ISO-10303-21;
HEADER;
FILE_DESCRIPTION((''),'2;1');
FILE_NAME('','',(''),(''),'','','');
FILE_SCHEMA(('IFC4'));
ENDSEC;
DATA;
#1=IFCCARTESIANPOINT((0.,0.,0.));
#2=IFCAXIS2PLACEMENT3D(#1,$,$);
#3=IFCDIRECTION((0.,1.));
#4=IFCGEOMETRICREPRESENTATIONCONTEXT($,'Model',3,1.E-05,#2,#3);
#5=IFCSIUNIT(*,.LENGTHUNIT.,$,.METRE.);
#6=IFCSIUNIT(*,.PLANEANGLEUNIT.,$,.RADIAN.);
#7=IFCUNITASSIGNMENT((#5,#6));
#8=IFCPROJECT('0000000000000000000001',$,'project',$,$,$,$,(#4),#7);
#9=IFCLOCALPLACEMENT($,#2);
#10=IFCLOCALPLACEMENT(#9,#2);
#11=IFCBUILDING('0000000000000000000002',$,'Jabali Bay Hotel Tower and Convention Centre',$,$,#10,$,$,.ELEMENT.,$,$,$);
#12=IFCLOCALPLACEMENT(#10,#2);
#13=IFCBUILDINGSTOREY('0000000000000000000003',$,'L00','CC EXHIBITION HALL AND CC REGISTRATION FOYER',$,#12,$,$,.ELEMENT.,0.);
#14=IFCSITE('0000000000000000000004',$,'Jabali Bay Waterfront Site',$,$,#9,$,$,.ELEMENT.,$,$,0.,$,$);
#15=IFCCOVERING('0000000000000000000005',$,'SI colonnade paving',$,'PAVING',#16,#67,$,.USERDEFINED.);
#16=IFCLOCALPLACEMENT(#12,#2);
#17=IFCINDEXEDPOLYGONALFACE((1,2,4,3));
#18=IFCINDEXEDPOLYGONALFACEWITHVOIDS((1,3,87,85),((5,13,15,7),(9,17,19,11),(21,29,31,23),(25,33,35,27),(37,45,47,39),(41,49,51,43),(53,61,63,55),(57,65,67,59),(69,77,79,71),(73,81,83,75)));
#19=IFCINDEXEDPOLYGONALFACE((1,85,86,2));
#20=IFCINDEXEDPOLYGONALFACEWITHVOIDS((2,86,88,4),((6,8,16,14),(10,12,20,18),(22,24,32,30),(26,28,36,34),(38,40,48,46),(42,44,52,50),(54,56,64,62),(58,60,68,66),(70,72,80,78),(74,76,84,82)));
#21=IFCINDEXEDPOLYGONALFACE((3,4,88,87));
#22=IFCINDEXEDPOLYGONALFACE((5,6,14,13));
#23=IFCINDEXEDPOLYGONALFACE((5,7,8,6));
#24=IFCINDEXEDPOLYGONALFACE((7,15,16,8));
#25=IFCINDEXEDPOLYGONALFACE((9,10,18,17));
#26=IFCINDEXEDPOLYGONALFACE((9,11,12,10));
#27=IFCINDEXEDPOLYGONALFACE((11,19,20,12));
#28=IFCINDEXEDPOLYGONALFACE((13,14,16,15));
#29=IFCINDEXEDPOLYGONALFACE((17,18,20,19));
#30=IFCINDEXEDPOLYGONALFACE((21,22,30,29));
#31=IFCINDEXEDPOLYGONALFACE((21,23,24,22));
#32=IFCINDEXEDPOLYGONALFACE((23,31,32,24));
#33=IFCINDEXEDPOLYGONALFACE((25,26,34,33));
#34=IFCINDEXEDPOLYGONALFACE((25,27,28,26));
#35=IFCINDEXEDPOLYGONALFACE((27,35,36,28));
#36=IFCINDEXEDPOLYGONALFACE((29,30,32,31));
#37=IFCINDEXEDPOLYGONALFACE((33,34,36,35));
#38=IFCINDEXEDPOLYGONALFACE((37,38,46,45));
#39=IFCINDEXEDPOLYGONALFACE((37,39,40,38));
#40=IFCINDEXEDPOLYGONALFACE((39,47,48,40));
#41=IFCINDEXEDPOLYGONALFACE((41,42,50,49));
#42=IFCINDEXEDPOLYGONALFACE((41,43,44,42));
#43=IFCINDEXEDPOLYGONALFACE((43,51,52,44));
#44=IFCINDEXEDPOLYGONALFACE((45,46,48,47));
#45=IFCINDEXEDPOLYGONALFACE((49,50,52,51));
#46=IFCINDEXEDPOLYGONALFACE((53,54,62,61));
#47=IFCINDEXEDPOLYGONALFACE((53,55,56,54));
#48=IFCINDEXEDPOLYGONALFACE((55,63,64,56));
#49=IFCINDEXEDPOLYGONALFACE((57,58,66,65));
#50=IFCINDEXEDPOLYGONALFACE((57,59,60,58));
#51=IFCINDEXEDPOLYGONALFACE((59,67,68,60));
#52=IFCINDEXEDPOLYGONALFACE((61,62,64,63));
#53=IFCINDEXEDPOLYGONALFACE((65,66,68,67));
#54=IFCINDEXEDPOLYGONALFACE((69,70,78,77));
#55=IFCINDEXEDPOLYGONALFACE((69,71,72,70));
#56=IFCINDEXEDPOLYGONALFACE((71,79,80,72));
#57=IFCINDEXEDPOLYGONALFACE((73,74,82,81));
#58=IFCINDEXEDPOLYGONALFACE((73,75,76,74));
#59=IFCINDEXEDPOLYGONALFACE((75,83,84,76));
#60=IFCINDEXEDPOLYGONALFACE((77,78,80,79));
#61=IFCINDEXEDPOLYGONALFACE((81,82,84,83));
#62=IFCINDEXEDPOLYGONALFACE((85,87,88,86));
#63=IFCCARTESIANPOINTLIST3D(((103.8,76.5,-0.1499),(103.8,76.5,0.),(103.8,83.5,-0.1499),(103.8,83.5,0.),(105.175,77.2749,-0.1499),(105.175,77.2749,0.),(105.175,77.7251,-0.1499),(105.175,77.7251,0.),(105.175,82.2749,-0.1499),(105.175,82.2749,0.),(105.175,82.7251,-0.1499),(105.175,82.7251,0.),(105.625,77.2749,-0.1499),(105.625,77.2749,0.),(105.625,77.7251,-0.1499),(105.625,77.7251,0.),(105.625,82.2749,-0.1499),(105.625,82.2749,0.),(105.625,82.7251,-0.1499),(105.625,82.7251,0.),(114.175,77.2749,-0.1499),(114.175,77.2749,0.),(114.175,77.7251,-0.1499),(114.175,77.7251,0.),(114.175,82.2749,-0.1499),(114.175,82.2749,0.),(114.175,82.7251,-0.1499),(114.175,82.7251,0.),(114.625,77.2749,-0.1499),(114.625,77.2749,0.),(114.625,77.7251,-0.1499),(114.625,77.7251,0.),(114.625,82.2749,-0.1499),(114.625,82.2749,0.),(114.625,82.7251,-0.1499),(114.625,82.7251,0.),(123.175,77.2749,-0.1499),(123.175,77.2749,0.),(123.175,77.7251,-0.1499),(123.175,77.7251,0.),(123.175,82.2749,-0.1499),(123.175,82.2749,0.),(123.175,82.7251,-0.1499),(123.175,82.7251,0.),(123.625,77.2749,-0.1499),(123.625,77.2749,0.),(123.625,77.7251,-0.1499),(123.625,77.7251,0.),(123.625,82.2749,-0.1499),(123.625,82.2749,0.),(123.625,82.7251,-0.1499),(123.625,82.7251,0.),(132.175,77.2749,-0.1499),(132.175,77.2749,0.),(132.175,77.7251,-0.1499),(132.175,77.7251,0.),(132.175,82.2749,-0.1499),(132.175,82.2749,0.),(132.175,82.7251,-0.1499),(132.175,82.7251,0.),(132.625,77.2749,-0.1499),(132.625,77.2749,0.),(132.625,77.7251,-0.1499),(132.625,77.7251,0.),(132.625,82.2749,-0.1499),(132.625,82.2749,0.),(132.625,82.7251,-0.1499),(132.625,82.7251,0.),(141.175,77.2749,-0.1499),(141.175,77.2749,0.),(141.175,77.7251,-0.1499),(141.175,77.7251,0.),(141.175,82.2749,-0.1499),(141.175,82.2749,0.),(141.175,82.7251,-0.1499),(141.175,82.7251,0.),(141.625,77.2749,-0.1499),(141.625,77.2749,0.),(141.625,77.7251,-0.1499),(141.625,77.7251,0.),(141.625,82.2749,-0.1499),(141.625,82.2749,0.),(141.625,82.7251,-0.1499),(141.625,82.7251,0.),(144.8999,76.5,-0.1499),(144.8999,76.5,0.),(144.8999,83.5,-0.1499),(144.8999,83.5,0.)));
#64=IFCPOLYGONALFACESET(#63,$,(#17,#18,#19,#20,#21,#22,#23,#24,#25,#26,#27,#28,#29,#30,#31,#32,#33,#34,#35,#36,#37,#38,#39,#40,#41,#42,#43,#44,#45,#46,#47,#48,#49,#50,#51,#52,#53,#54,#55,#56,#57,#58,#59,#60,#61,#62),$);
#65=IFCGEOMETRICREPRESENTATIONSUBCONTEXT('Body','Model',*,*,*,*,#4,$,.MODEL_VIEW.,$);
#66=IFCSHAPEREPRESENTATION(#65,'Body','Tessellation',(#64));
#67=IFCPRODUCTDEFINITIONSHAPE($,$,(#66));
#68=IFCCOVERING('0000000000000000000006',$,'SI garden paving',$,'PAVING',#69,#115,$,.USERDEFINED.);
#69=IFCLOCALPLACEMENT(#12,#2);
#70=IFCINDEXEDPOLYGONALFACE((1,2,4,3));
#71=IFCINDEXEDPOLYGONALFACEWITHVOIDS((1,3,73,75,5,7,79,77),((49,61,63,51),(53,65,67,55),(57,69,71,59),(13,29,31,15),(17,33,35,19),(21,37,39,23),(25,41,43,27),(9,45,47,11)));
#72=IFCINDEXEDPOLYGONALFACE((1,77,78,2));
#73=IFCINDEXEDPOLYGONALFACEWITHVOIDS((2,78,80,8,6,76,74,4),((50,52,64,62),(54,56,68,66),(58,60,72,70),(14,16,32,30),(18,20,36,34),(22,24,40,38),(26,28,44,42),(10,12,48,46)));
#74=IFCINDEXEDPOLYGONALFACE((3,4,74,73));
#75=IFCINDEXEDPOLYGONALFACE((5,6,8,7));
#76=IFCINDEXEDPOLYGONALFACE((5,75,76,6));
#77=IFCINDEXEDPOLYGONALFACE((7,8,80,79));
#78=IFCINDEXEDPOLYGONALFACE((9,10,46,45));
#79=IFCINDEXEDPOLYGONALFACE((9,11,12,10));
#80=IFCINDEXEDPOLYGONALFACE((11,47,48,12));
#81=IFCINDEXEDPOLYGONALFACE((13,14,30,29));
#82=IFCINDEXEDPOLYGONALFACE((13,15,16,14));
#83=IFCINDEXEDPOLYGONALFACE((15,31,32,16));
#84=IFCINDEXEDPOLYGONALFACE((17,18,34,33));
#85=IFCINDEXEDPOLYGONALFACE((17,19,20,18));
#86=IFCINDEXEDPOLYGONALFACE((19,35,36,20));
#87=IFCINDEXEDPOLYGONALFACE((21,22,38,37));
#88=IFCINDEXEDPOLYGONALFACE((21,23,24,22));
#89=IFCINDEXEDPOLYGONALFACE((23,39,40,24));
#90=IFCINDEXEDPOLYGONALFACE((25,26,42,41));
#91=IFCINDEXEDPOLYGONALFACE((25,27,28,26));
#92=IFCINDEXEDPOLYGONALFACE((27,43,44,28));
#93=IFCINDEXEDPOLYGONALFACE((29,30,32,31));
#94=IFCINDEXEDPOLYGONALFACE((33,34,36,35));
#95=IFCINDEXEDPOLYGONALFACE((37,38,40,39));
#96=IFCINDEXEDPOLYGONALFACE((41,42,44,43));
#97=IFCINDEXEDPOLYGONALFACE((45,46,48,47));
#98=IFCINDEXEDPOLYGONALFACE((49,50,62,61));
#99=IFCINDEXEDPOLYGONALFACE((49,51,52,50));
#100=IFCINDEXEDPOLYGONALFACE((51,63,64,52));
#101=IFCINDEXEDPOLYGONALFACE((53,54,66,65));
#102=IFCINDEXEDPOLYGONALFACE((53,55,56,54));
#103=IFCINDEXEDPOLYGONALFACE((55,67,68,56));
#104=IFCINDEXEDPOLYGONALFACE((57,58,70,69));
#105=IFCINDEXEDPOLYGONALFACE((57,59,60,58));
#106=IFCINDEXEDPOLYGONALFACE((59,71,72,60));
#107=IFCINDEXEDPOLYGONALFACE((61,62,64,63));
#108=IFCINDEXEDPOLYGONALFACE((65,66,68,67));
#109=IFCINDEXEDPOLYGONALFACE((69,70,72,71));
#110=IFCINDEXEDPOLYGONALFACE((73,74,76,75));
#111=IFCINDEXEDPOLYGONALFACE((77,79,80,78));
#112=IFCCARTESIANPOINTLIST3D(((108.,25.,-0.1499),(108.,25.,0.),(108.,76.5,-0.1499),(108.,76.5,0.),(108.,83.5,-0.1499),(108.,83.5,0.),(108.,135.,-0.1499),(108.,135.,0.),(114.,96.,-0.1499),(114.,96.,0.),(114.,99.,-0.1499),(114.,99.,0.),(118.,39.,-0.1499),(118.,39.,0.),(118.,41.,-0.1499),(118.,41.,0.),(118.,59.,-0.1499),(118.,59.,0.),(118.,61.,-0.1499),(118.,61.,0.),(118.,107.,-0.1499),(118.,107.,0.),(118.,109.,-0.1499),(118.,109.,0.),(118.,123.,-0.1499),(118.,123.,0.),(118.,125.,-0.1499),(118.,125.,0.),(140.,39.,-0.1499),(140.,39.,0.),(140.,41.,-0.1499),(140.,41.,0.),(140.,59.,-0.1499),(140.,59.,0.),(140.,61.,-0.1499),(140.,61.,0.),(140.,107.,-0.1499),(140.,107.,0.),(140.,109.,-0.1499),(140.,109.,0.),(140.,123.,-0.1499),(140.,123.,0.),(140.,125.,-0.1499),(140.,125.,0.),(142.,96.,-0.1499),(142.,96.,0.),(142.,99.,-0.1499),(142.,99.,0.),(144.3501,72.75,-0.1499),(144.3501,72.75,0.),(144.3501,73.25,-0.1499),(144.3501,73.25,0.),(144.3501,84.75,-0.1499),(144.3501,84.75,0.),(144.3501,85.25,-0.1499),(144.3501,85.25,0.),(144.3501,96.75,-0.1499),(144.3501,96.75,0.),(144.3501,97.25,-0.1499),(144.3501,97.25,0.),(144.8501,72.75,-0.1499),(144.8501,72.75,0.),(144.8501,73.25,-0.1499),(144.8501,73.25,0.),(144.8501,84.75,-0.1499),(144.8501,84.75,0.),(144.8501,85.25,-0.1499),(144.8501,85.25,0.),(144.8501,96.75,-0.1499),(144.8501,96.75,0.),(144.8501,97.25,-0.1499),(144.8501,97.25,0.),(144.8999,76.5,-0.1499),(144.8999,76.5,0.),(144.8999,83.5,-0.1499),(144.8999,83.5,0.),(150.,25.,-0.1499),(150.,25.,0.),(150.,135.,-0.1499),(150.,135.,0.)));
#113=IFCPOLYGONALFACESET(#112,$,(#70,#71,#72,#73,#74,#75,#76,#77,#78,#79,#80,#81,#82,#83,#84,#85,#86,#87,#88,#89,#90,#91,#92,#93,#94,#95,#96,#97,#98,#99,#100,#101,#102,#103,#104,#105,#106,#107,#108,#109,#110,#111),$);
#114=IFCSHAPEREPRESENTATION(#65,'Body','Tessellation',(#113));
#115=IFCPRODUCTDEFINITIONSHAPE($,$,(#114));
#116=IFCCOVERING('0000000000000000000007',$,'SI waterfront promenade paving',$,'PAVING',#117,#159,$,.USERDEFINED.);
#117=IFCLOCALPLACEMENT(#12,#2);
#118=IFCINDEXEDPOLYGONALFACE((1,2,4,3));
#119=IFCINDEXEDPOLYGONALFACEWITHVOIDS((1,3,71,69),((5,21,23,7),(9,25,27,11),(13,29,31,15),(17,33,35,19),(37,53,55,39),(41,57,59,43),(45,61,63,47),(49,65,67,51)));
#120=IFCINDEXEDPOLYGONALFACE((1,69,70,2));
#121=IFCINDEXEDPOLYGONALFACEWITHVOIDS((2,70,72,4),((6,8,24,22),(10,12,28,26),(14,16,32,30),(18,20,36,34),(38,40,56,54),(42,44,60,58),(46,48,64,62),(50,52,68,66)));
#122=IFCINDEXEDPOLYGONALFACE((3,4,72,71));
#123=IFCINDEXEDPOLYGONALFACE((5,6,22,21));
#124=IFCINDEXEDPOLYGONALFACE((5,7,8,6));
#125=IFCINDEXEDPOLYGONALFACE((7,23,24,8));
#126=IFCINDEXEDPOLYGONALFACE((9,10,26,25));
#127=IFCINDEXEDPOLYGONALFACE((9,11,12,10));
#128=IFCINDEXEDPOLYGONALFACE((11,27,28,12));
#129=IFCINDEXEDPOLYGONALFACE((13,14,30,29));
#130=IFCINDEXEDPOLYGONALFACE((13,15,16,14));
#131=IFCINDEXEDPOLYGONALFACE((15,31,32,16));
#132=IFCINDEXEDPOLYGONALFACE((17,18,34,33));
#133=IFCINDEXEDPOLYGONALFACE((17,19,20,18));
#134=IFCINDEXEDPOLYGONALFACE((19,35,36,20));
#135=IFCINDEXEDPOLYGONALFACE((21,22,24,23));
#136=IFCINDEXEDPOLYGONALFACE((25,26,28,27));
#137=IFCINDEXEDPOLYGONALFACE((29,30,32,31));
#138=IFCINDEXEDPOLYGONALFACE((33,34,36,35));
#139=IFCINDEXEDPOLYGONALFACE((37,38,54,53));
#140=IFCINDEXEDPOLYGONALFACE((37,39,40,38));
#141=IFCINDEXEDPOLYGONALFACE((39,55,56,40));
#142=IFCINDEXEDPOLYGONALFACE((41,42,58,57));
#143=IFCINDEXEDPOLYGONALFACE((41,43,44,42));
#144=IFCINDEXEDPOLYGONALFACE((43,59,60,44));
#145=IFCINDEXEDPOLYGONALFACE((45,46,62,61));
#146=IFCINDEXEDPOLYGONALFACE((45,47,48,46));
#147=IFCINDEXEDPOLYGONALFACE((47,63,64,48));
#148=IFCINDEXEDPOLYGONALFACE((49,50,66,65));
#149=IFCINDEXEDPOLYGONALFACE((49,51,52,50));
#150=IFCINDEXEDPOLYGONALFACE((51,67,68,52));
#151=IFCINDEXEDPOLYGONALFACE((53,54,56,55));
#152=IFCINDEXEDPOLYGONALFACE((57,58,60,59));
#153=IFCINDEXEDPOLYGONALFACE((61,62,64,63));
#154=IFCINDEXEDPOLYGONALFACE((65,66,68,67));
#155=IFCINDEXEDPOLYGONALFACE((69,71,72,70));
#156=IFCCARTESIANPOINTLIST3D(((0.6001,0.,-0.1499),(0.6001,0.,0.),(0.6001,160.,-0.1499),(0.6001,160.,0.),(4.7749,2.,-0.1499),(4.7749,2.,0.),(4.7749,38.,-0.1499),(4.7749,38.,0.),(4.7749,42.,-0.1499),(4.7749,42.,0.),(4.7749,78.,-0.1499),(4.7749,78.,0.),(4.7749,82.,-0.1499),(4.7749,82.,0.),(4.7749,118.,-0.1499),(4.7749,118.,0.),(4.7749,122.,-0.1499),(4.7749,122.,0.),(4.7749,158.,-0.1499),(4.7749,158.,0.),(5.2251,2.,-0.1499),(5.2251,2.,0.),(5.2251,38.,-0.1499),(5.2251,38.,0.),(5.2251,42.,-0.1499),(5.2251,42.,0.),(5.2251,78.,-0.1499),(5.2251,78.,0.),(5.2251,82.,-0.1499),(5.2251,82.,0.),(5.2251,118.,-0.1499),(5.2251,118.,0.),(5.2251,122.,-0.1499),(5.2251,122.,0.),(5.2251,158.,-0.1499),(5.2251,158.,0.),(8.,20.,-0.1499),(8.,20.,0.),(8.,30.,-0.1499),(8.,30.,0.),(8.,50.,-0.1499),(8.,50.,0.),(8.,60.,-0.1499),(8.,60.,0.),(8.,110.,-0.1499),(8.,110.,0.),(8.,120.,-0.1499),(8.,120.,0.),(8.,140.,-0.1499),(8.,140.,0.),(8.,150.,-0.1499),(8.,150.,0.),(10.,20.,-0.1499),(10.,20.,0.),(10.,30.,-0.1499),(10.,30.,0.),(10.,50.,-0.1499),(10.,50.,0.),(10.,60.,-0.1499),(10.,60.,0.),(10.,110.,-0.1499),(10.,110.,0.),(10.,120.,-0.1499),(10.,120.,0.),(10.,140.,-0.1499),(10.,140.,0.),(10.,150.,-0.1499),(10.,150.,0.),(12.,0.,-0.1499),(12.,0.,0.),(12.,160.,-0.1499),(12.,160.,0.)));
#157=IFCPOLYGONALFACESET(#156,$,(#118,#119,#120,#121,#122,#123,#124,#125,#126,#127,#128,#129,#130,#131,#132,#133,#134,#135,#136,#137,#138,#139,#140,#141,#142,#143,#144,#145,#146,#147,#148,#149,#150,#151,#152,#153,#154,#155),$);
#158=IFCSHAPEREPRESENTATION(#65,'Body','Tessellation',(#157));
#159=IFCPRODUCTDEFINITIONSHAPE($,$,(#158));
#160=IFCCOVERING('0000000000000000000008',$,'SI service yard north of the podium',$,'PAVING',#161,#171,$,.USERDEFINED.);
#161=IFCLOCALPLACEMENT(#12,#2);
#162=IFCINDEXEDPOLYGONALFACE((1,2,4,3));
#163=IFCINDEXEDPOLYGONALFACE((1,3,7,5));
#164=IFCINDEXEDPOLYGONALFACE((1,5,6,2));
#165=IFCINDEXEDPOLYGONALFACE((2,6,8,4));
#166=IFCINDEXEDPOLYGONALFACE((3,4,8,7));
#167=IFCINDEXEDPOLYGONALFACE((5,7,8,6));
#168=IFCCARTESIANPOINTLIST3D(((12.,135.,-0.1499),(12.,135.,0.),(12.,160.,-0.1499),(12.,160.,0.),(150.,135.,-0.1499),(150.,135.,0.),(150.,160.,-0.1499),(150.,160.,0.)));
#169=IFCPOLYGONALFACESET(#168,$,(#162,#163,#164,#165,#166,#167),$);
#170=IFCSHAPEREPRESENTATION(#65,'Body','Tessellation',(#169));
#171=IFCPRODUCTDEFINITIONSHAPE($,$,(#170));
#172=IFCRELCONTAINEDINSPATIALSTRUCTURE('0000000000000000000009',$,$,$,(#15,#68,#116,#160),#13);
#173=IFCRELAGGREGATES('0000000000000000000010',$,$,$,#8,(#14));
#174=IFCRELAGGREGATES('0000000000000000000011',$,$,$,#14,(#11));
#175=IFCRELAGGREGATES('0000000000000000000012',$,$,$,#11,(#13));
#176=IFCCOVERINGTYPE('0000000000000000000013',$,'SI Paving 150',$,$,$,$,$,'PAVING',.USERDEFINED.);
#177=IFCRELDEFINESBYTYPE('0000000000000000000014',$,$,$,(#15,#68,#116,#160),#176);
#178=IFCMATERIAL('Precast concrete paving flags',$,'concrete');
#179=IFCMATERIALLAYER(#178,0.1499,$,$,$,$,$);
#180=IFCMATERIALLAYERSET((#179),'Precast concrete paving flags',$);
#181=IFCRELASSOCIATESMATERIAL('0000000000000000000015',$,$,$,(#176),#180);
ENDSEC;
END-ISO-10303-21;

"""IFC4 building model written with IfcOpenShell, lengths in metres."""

from ifc_helpers import new_model, si_unit, direction, frame, origin, place, context, subcontext, project, spatial, polyline, outline, extrude, material, layer, layer_set, type_object, element, save


model = new_model("IFC4")

# Units and contexts
model_context = context("Model", 3, precision=1e-05, world=origin(), true_north=direction((0.0, 1.0)))
body_context = subcontext(model_context, "Body", "Model", "MODEL_VIEW")
ifc_project = project(units=[si_unit("LENGTHUNIT", "METRE"), si_unit("PLANEANGLEUNIT", "RADIAN")], contexts=[model_context])

# Site, building, storey
site_placement = place(None, origin())
site = spatial("IfcSite", under=ifc_project, at=site_placement, Name="Jabali Bay Waterfront Site", CompositionType="ELEMENT", RefElevation=0.0)
building_placement = place(site_placement, origin())
building = spatial("IfcBuilding", under=site, at=building_placement, Name="Jabali Bay Hotel Tower and Convention Centre", CompositionType="ELEMENT")
storey_placement = place(building_placement, origin())
storey = spatial("IfcBuildingStorey", under=building, at=storey_placement, Name="L00", Description="CC EXHIBITION HALL AND CC REGISTRATION FOYER", CompositionType="ELEMENT", Elevation=0.0)

# Coverings
ifc_material_1 = material(Name="Precast concrete paving flags", Category="concrete")
ifc_layer_1 = layer(ifc_material_1, 0.1499)
ifc_layer_set_1 = layer_set([ifc_layer_1], Name="Precast concrete paving flags")
covering_type_1 = type_object("IfcCoveringType", Name="SI Paving 150", ElementType="PAVING", PredefinedType="USERDEFINED", material=ifc_layer_set_1)
covering_1_placement = place(storey_placement, frame((0.0, 0.0, -0.1499)))
element("IfcCovering", 1, at=covering_1_placement, inside=storey, type_object=covering_type_1, Name="SI colonnade paving", ObjectType="PAVING", PredefinedType="USERDEFINED", context=body_context, shape_type="SweptSolid", body=[
    extrude(outline(polyline([(103.8, 76.5), (144.8999, 76.5), (144.8999, 83.5), (103.8, 83.5), (103.8, 76.5)]), holes=[polyline([(105.175, 77.7251), (105.625, 77.7251), (105.625, 77.2749), (105.175, 77.2749), (105.175, 77.7251)]), polyline([(114.175, 77.7251), (114.625, 77.7251), (114.625, 77.2749), (114.175, 77.2749), (114.175, 77.7251)]), polyline([(123.175, 77.7251), (123.625, 77.7251), (123.625, 77.2749), (123.175, 77.2749), (123.175, 77.7251)]), polyline([(132.625, 77.7251), (132.625, 77.2749), (132.175, 77.2749), (132.175, 77.7251), (132.625, 77.7251)]), polyline([(141.625, 77.7251), (141.625, 77.2749), (141.175, 77.2749), (141.175, 77.7251), (141.625, 77.7251)]), polyline([(105.175, 82.7251), (105.625, 82.7251), (105.625, 82.2749), (105.175, 82.2749), (105.175, 82.7251)]), polyline([(114.175, 82.7251), (114.625, 82.7251), (114.625, 82.2749), (114.175, 82.2749), (114.175, 82.7251)]), polyline([(123.175, 82.7251), (123.625, 82.7251), (123.625, 82.2749), (123.175, 82.2749), (123.175, 82.7251)]), polyline([(132.625, 82.7251), (132.625, 82.2749), (132.175, 82.2749), (132.175, 82.7251), (132.625, 82.7251)]), polyline([(141.625, 82.7251), (141.625, 82.2749), (141.175, 82.2749), (141.175, 82.7251), (141.625, 82.7251)])]), origin(), (0.0, 0.0, 1.0), 0.1499),
])
covering_2_placement = place(storey_placement, frame((0.0, 0.0, -0.1499)))
element("IfcCovering", 2, at=covering_2_placement, inside=storey, type_object=covering_type_1, Name="SI garden paving", ObjectType="PAVING", PredefinedType="USERDEFINED", context=body_context, shape_type="SweptSolid", body=[
    extrude(outline(polyline([(108.0, 135.0), (108.0, 83.5), (144.8999, 83.5), (144.8999, 76.5), (108.0, 76.5), (108.0, 25.0), (150.0, 25.0), (150.0, 135.0), (108.0, 135.0)]), holes=[polyline([(118.0, 41.0), (140.0, 41.0), (140.0, 39.0), (118.0, 39.0), (118.0, 41.0)]), polyline([(118.0, 61.0), (140.0, 61.0), (140.0, 59.0), (118.0, 59.0), (118.0, 61.0)]), polyline([(144.3501, 73.25), (144.8501, 73.25), (144.8501, 72.75), (144.3501, 72.75), (144.3501, 73.25)]), polyline([(144.3501, 85.25), (144.8501, 85.25), (144.8501, 84.75), (144.3501, 84.75), (144.3501, 85.25)]), polyline([(144.3501, 97.25), (144.8501, 97.25), (144.8501, 96.75), (144.3501, 96.75), (144.3501, 97.25)]), polyline([(114.0, 99.0), (142.0, 99.0), (142.0, 96.0), (114.0, 96.0), (114.0, 99.0)]), polyline([(140.0, 109.0), (140.0, 107.0), (118.0, 107.0), (118.0, 109.0), (140.0, 109.0)]), polyline([(140.0, 125.0), (140.0, 123.0), (118.0, 123.0), (118.0, 125.0), (140.0, 125.0)])]), origin(), (0.0, 0.0, 1.0), 0.1499),
])
covering_3_placement = place(storey_placement, frame((0.0, 0.0, -0.1499)))
element("IfcCovering", 3, at=covering_3_placement, inside=storey, type_object=covering_type_1, Name="SI waterfront promenade paving", ObjectType="PAVING", PredefinedType="USERDEFINED", context=body_context, shape_type="SweptSolid", body=[
    extrude(outline(polyline([(0.6001, 0.0), (12.0, 0.0), (12.0, 160.0), (0.6001, 160.0), (0.6001, 0.0)]), holes=[polyline([(4.7749, 38.0), (5.2251, 38.0), (5.2251, 2.0), (4.7749, 2.0), (4.7749, 38.0)]), polyline([(8.0, 30.0), (10.0, 30.0), (10.0, 20.0), (8.0, 20.0), (8.0, 30.0)]), polyline([(8.0, 60.0), (10.0, 60.0), (10.0, 50.0), (8.0, 50.0), (8.0, 60.0)]), polyline([(4.7749, 78.0), (5.2251, 78.0), (5.2251, 42.0), (4.7749, 42.0), (4.7749, 78.0)]), polyline([(4.7749, 118.0), (5.2251, 118.0), (5.2251, 82.0), (4.7749, 82.0), (4.7749, 118.0)]), polyline([(8.0, 120.0), (10.0, 120.0), (10.0, 110.0), (8.0, 110.0), (8.0, 120.0)]), polyline([(4.7749, 158.0), (5.2251, 158.0), (5.2251, 122.0), (4.7749, 122.0), (4.7749, 158.0)]), polyline([(8.0, 150.0), (10.0, 150.0), (10.0, 140.0), (8.0, 140.0), (8.0, 150.0)])]), origin(), (0.0, 0.0, 1.0), 0.1499),
])
covering_4_placement = place(storey_placement, frame((0.0, 0.0, -0.1499)))
element("IfcCovering", 4, at=covering_4_placement, inside=storey, type_object=covering_type_1, Name="SI service yard north of the podium", ObjectType="PAVING", PredefinedType="USERDEFINED", context=body_context, shape_type="SweptSolid", body=[
    extrude(outline(polyline([(150.0, 135.0), (150.0, 160.0), (12.0, 160.0), (12.0, 135.0), (150.0, 135.0)])), origin(), (0.0, 0.0, 1.0), 0.1499),
])

save(model, "model.ifc")
